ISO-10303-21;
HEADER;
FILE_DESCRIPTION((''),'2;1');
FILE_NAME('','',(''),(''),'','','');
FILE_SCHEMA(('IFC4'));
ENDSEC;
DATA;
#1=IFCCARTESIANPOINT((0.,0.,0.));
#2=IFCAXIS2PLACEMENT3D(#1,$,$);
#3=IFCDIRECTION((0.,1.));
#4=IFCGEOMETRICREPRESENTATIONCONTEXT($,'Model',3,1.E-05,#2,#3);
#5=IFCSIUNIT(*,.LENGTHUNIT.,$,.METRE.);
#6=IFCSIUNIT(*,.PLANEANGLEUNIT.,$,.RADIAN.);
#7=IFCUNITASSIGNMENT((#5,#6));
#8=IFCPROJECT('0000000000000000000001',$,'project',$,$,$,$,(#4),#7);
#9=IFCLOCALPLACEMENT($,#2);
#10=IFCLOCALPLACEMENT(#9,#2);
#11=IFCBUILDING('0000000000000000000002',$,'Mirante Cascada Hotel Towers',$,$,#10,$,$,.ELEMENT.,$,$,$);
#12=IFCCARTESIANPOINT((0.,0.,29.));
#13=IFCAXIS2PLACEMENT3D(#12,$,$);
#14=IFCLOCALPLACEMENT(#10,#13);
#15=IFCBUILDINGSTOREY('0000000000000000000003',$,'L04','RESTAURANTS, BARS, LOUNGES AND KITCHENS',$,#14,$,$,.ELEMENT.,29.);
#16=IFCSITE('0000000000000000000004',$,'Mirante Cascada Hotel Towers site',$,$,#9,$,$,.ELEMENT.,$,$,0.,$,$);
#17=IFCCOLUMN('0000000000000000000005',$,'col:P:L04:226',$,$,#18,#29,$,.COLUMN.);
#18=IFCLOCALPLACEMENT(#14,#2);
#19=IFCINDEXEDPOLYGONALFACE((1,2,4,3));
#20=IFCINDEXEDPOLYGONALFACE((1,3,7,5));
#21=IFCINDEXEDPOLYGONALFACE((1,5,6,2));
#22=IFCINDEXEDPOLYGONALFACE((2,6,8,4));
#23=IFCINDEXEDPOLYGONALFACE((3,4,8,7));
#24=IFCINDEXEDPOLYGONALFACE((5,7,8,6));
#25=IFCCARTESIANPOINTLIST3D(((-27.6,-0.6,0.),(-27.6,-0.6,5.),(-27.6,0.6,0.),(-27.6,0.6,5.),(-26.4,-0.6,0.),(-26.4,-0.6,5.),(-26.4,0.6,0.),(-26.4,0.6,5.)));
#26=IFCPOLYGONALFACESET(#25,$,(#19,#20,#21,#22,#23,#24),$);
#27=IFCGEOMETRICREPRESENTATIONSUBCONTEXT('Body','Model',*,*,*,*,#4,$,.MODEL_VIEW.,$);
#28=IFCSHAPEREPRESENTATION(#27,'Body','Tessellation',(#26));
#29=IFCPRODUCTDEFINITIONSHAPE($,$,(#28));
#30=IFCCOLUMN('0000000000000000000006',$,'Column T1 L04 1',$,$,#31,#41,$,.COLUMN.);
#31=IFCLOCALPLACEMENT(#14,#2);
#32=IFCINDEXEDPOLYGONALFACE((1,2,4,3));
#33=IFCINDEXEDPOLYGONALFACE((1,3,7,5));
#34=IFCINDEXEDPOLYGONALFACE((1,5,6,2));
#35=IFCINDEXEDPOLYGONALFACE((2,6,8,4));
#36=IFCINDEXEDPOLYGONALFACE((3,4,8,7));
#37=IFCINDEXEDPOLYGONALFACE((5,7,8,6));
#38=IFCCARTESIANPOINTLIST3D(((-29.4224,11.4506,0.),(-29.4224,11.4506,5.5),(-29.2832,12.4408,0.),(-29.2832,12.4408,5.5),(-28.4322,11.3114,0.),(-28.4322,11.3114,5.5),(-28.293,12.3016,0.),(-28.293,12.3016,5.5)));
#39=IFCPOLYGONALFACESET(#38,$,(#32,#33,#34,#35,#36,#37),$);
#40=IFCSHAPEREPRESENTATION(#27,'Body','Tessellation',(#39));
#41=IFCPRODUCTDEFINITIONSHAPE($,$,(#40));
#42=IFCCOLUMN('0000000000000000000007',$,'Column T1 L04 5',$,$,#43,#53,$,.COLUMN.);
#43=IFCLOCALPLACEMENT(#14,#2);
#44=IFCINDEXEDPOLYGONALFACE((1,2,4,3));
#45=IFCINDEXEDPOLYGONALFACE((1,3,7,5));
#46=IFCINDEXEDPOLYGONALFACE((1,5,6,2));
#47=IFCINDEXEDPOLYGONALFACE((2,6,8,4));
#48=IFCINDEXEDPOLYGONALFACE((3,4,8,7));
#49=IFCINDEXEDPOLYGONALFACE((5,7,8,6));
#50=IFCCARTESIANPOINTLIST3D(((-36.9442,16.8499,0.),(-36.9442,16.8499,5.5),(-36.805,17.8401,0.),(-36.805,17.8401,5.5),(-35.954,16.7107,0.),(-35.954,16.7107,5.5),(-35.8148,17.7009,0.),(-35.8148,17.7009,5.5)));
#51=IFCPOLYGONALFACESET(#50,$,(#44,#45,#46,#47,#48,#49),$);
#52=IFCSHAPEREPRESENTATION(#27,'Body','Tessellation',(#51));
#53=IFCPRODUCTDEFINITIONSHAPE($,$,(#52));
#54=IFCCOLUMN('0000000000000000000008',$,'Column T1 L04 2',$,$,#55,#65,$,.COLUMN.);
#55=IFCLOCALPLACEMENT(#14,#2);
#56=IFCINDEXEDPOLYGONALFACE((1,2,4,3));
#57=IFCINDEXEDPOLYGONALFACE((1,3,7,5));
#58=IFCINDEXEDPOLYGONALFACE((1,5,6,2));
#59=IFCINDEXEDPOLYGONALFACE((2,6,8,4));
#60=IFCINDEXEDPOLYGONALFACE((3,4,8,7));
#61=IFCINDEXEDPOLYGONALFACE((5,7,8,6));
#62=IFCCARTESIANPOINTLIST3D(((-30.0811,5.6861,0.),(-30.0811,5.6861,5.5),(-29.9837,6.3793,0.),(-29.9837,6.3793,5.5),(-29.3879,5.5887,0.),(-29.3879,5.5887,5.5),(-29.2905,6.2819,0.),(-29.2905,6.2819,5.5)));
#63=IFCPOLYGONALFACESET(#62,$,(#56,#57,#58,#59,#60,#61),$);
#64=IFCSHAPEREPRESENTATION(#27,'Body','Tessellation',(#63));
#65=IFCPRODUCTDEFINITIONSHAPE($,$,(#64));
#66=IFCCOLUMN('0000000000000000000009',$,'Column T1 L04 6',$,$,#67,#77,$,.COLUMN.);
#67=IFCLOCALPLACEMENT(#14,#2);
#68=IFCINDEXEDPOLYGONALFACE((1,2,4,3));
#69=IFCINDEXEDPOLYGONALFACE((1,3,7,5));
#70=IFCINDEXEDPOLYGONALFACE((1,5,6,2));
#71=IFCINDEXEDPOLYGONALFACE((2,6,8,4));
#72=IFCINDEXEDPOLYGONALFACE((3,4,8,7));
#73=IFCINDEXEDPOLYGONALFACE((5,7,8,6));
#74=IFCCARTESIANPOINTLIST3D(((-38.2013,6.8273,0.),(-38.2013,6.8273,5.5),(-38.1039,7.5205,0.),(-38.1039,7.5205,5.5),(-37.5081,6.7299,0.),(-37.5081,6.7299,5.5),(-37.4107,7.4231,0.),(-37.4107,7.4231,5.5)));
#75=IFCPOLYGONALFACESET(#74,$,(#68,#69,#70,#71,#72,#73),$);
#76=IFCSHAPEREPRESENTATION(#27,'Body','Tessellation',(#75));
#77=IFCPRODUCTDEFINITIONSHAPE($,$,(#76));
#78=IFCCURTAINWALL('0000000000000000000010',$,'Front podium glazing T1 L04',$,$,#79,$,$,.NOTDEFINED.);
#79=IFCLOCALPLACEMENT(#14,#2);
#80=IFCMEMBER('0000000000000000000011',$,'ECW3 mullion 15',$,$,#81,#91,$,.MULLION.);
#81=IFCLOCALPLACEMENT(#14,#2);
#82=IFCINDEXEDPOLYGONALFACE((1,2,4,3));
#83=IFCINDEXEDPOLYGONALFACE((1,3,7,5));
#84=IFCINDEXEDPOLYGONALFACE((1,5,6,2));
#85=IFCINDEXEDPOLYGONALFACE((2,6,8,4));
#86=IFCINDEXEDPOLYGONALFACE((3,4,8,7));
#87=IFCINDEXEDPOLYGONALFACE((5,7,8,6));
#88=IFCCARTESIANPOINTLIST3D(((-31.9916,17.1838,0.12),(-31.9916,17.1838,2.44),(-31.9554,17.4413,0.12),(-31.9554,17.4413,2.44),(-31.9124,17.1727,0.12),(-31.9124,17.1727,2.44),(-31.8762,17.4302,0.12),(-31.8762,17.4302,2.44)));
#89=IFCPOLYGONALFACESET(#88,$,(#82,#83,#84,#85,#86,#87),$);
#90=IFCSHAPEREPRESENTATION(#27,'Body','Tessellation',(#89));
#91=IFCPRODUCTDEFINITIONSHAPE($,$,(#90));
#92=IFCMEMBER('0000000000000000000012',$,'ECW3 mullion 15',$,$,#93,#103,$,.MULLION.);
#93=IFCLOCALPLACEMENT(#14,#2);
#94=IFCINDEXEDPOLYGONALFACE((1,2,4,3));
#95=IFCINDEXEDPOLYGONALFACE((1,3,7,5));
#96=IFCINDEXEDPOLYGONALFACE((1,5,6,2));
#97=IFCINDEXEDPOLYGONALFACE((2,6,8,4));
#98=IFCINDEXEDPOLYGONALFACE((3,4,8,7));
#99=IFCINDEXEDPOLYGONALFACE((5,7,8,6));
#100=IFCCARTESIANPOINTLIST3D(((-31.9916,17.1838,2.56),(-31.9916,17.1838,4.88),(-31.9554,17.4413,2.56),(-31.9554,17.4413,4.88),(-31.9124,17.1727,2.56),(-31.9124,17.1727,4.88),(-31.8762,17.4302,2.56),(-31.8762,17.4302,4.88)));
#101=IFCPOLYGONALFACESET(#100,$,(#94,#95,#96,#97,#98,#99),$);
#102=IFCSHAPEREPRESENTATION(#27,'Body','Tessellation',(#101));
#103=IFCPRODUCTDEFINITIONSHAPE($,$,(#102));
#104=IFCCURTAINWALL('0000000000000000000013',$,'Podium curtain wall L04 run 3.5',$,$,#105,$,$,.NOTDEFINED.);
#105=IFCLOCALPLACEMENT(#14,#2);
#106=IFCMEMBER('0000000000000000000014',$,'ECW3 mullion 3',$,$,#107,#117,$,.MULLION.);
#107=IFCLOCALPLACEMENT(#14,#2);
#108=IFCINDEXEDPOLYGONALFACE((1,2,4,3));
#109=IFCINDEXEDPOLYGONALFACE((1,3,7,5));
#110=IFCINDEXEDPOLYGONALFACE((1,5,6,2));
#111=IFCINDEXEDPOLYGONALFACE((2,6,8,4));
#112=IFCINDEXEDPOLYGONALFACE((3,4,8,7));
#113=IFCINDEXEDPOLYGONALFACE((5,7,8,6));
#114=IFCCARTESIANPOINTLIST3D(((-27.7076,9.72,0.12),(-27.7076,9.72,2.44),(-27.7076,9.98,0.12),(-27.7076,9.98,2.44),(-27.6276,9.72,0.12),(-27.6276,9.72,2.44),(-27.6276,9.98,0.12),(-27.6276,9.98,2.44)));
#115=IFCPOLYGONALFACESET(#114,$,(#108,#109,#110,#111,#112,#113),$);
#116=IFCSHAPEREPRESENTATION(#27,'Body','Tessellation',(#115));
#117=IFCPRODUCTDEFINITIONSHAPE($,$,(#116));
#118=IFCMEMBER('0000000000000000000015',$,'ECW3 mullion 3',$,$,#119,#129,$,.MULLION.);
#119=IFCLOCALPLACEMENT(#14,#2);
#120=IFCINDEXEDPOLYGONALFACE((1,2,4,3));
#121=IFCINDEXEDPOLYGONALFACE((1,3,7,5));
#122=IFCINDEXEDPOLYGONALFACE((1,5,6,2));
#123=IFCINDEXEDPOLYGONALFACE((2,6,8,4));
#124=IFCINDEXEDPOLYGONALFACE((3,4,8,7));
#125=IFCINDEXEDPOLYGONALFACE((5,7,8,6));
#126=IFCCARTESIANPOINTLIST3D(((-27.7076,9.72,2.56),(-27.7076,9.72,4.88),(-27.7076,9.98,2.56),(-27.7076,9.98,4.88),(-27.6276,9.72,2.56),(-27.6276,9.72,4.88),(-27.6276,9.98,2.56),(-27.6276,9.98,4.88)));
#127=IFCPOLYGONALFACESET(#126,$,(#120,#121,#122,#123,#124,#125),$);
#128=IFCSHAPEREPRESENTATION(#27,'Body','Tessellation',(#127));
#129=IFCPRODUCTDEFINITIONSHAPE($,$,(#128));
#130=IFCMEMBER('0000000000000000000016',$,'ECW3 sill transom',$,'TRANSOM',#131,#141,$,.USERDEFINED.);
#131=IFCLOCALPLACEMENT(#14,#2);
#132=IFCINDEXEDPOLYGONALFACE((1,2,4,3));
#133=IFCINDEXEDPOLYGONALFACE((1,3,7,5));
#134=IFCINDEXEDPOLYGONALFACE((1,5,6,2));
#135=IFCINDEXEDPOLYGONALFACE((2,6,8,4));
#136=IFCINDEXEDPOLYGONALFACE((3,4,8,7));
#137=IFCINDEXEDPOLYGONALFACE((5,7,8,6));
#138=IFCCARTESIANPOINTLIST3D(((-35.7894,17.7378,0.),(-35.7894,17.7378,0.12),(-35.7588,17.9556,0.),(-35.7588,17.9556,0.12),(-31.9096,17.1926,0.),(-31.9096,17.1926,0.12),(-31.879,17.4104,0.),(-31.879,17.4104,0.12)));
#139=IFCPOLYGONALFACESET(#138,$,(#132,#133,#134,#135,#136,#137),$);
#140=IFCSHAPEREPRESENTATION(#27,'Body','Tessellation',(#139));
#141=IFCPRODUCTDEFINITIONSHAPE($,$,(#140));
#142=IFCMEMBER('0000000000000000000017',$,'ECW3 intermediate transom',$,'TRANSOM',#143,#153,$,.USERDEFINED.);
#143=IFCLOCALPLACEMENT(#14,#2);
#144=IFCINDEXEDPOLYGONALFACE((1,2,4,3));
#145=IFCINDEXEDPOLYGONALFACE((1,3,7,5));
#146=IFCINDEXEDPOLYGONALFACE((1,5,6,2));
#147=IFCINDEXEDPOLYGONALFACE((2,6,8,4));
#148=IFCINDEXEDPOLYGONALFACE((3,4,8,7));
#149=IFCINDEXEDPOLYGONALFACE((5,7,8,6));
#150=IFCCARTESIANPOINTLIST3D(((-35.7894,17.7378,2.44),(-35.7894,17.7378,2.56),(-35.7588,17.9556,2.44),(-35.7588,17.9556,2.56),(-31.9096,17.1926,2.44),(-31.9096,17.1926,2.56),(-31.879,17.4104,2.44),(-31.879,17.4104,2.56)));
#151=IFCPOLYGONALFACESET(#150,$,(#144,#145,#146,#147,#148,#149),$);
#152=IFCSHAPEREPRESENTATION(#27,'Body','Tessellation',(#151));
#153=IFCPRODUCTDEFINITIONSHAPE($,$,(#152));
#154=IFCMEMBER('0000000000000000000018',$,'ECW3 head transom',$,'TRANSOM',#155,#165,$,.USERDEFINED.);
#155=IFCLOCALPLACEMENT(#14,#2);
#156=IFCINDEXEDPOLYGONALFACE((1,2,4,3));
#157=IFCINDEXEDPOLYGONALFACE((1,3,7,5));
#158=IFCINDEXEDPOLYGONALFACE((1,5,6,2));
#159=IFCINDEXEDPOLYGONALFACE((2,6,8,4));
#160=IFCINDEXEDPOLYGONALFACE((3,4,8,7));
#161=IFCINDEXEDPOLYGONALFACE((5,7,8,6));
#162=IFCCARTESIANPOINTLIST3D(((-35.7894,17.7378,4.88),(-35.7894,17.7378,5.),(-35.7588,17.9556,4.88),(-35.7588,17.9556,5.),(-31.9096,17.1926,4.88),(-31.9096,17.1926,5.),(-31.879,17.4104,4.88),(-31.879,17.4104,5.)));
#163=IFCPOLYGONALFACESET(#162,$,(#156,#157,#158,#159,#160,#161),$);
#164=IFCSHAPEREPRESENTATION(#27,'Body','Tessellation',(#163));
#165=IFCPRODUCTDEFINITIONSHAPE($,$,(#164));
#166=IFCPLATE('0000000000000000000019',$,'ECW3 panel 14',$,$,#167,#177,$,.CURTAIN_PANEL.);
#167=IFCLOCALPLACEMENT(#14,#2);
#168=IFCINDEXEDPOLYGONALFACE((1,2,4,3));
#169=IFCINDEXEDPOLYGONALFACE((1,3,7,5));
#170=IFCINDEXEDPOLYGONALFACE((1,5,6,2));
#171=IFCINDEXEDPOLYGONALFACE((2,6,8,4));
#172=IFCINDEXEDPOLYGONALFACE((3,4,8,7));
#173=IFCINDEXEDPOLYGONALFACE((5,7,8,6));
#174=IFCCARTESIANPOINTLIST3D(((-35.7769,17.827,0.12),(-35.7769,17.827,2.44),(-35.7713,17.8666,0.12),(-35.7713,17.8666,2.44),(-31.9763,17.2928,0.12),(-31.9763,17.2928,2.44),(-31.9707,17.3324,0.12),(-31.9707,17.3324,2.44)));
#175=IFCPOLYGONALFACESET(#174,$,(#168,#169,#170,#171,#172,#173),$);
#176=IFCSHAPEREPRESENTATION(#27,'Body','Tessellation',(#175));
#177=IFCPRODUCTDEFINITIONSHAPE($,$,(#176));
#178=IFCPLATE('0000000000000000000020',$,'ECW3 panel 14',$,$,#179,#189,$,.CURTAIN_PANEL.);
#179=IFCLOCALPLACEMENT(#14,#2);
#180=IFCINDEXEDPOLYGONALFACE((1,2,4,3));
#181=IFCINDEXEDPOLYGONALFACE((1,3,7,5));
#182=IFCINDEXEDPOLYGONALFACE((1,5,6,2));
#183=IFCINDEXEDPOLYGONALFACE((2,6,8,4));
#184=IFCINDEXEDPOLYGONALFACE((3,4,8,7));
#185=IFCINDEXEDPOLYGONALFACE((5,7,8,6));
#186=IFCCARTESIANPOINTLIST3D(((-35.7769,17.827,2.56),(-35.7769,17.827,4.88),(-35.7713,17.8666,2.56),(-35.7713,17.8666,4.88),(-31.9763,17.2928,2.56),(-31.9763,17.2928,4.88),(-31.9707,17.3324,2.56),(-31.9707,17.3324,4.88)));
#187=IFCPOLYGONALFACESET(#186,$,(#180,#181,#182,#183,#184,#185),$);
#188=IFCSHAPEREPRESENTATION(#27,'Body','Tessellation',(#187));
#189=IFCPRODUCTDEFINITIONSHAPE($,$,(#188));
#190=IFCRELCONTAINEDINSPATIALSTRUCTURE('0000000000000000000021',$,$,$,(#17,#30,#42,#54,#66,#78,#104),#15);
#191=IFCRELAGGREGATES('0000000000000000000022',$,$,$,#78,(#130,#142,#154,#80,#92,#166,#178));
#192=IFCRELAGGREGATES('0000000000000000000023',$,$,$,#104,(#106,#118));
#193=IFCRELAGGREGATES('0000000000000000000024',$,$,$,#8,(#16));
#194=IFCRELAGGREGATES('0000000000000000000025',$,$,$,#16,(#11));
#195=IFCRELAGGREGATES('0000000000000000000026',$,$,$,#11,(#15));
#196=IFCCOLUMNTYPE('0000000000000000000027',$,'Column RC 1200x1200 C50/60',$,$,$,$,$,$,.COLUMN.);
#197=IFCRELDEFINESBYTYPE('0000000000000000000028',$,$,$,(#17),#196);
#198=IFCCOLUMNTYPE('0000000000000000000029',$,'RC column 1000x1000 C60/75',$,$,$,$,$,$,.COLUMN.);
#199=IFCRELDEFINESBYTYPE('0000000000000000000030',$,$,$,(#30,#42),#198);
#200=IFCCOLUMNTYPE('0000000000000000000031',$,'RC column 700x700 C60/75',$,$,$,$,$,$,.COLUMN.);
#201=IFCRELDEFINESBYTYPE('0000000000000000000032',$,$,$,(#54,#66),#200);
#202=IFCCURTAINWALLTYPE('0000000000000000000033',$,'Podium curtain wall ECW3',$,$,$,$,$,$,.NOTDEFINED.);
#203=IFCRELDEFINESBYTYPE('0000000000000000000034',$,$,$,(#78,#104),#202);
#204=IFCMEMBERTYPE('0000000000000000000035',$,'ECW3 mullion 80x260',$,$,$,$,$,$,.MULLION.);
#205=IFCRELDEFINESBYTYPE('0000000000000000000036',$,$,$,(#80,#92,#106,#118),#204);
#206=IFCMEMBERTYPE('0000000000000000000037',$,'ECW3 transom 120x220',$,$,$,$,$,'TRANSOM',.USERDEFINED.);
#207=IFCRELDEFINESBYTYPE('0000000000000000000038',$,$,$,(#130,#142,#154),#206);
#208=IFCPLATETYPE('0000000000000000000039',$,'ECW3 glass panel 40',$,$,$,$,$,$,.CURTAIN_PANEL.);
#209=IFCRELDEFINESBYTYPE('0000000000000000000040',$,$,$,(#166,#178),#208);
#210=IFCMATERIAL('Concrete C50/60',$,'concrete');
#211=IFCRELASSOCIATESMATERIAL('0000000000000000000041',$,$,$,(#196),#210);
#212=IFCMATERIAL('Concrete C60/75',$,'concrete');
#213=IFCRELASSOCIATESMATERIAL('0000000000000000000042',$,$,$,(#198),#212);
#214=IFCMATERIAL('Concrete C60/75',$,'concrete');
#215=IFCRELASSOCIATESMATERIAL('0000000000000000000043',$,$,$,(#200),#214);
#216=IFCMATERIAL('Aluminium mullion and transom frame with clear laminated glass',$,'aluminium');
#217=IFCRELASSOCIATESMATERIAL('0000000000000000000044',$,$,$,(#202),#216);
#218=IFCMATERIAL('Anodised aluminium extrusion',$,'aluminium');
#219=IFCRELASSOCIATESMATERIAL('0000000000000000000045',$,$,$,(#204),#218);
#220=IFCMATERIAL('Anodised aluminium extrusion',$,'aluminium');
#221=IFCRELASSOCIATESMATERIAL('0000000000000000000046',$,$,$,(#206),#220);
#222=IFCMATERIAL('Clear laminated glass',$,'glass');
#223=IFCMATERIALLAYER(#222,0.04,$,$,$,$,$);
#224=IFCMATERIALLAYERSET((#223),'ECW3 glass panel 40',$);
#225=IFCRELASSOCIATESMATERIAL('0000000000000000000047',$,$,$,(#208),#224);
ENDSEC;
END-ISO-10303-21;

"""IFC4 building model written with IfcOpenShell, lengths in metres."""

from ifc_helpers import new_model, si_unit, direction, frame, origin, origin_2d, place, context, subcontext, project, spatial, rectangle, extrude, material, layer, layer_set, material_profile, profile_set, type_object, element, aggregate, save


model = new_model("IFC4")

# Units and contexts
model_context = context("Model", 3, precision=1e-05, world=origin(), true_north=direction((0.0, 1.0)))
body_context = subcontext(model_context, "Body", "Model", "MODEL_VIEW")
ifc_project = project(units=[si_unit("LENGTHUNIT", "METRE"), si_unit("PLANEANGLEUNIT", "RADIAN")], contexts=[model_context])

# Site, building, storey
site_placement = place(None, origin())
site = spatial("IfcSite", under=ifc_project, at=site_placement, Name="Mirante Cascada Hotel Towers site", CompositionType="ELEMENT", RefElevation=0.0)
building_placement = place(site_placement, origin())
building = spatial("IfcBuilding", under=site, at=building_placement, Name="Mirante Cascada Hotel Towers", CompositionType="ELEMENT")
storey_placement = place(building_placement, frame((0.0, 0.0, 29.0)))
storey = spatial("IfcBuildingStorey", under=building, at=storey_placement, Name="L04", Description="RESTAURANTS, BARS, LOUNGES AND KITCHENS", CompositionType="ELEMENT", Elevation=29.0)

# Columns
ifc_material_1 = material(Name="Concrete C50/60", Category="concrete")
ifc_material_profile_1 = material_profile(ifc_material_1, rectangle(XDim=1.2, YDim=1.2, at=origin_2d()), Name="RC 1200x1200")
ifc_profile_set_1 = profile_set([ifc_material_profile_1], Name="Concrete C50/60")
column_type_1 = type_object("IfcColumnType", Name="Column RC 1200x1200 C50/60", PredefinedType="COLUMN", material=ifc_profile_set_1)
column_placement = place(storey_placement, frame((-27.0, 0.0, 0.0), z_axis=(0.0, 0.0, 1.0), x_axis=(1.0, 0.0, 0.0)))
element("IfcColumn", 1, at=column_placement, inside=storey, type_object=column_type_1, Name="col:P:L04:226", PredefinedType="COLUMN", context=body_context, shape_type="SweptSolid", body=[
    extrude(rectangle(XDim=1.2, YDim=1.2, at=origin_2d()), origin(), (0.0, 0.0, 1.0), 5.0),
])
ifc_material_2 = material(Name="Concrete C60/75", Category="concrete")
ifc_material_profile_2 = material_profile(ifc_material_2, rectangle(XDim=1.0, YDim=1.0, at=origin_2d()), Name="RC column 1000x1000 C60/75")
ifc_profile_set_2 = profile_set([ifc_material_profile_2], Name="Concrete C60/75")
column_type_2 = type_object("IfcColumnType", Name="RC column 1000x1000 C60/75", PredefinedType="COLUMN", material=ifc_profile_set_2)
for number, where, z_axis, x_axis, name in (
    (2, (-28.8577, 11.8761, 0.0), (0.0, 0.0, 1.0), (-0.990268, 0.139173, 0.0), "Column T1 L04 1"),
    (3, (-36.3795, 17.2754, 0.0), (0.0, 0.0, 1.0), (-0.990268, 0.139173, 0.0), "Column T1 L04 5"),
):
    element("IfcColumn", number, at=place(storey_placement, frame(where, z_axis=z_axis, x_axis=x_axis)), inside=storey, type_object=column_type_2, Name=name, PredefinedType="COLUMN", context=body_context, shape_type="SweptSolid", body=[
        extrude(rectangle(XDim=1.0, YDim=1.0, at=origin_2d()), origin(), (0.0, 0.0, 1.0), 5.5),
    ])
ifc_material_3 = material(Name="Concrete C60/75", Category="concrete")
ifc_material_profile_3 = material_profile(ifc_material_3, rectangle(XDim=0.7, YDim=0.7, at=origin_2d()), Name="RC column 700x700 C60/75")
ifc_profile_set_3 = profile_set([ifc_material_profile_3], Name="Concrete C60/75")
column_type_3 = type_object("IfcColumnType", Name="RC column 700x700 C60/75", PredefinedType="COLUMN", material=ifc_profile_set_3)
for number, where, z_axis, x_axis, name in (
    (4, (-29.6858, 5.984, 0.0), (0.0, 0.0, 1.0), (-0.990268, 0.139173, 0.0), "Column T1 L04 2"),
    (5, (-37.806, 7.1252, 0.0), (0.0, 0.0, 1.0), (-0.990268, 0.139173, 0.0), "Column T1 L04 6"),
):
    element("IfcColumn", number, at=place(storey_placement, frame(where, z_axis=z_axis, x_axis=x_axis)), inside=storey, type_object=column_type_3, Name=name, PredefinedType="COLUMN", context=body_context, shape_type="SweptSolid", body=[
        extrude(rectangle(XDim=0.7, YDim=0.7, at=origin_2d()), origin(), (0.0, 0.0, 1.0), 5.5),
    ])

# Curtain walls, members
ifc_material_4 = material(Name="Aluminium mullion and transom frame with clear laminated glass", Category="aluminium")
curtain_wall_type = type_object("IfcCurtainWallType", Name="Podium curtain wall ECW3", PredefinedType="NOTDEFINED", material=ifc_material_4)
curtain_wall_1_placement = place(storey_placement, origin())
curtain_wall_1 = element("IfcCurtainWall", 6, at=curtain_wall_1_placement, inside=storey, type_object=curtain_wall_type, Name="Front podium glazing T1 L04", PredefinedType="NOTDEFINED")
ifc_material_5 = material(Name="Anodised aluminium extrusion", Category="aluminium")
ifc_material_profile_4 = material_profile(ifc_material_5, rectangle(XDim=0.26, YDim=0.08, at=origin_2d()), Name="ECW3 MULLION 80x260")
ifc_profile_set_4 = profile_set([ifc_material_profile_4], Name="Anodised aluminium extrusion")
member_type_1 = type_object("IfcMemberType", Name="ECW3 mullion 80x260", PredefinedType="MULLION", material=ifc_profile_set_4)
member_1_placement = place(storey_placement, frame((-31.9339, 17.307, 0.12), z_axis=(0.0, 0.0, 1.0), x_axis=(0.139173, 0.990268, 0.0)))
member_1 = element("IfcMember", 7, at=member_1_placement, type_object=member_type_1, Name="ECW3 mullion 15", PredefinedType="MULLION", context=body_context, shape_type="SweptSolid", body=[
    extrude(rectangle(XDim=0.26, YDim=0.08, at=origin_2d()), origin(), (0.0, 0.0, 1.0), 2.32),
])
member_2_placement = place(storey_placement, frame((-31.9339, 17.307, 2.56), z_axis=(0.0, 0.0, 1.0), x_axis=(0.139173, 0.990268, 0.0)))
member_2 = element("IfcMember", 8, at=member_2_placement, type_object=member_type_1, Name="ECW3 mullion 15", PredefinedType="MULLION", context=body_context, shape_type="SweptSolid", body=[
    extrude(rectangle(XDim=0.26, YDim=0.08, at=origin_2d()), origin(), (0.0, 0.0, 1.0), 2.32),
])
curtain_wall_2_placement = place(storey_placement, origin())
curtain_wall_2 = element("IfcCurtainWall", 9, at=curtain_wall_2_placement, inside=storey, type_object=curtain_wall_type, Name="Podium curtain wall L04 run 3.5", PredefinedType="NOTDEFINED")
member_3_placement = place(storey_placement, frame((-27.6676, 9.85, 0.12), z_axis=(0.0, 0.0, 1.0), x_axis=(0.0, -1.0, 0.0)))
member_3 = element("IfcMember", 10, at=member_3_placement, type_object=member_type_1, Name="ECW3 mullion 3", PredefinedType="MULLION", context=body_context, shape_type="SweptSolid", body=[
    extrude(rectangle(XDim=0.26, YDim=0.08, at=origin_2d()), origin(), (0.0, 0.0, 1.0), 2.32),
])
member_4_placement = place(storey_placement, frame((-27.6676, 9.85, 2.56), z_axis=(0.0, 0.0, 1.0), x_axis=(0.0, -1.0, 0.0)))
member_4 = element("IfcMember", 11, at=member_4_placement, type_object=member_type_1, Name="ECW3 mullion 3", PredefinedType="MULLION", context=body_context, shape_type="SweptSolid", body=[
    extrude(rectangle(XDim=0.26, YDim=0.08, at=origin_2d()), origin(), (0.0, 0.0, 1.0), 2.32),
])

# Members
ifc_material_6 = material(Name="Anodised aluminium extrusion", Category="aluminium")
ifc_material_profile_5 = material_profile(ifc_material_6, rectangle(XDim=0.22, YDim=0.12, at=origin_2d()), Name="ECW3 TRANSOM 120x220")
ifc_profile_set_5 = profile_set([ifc_material_profile_5], Name="Anodised aluminium extrusion")
member_type_2 = type_object("IfcMemberType", Name="ECW3 transom 120x220", ElementType="TRANSOM", PredefinedType="USERDEFINED", material=ifc_profile_set_5)
member_5_placement = place(storey_placement, frame((-35.7741, 17.8467, 0.06), z_axis=(0.990271, -0.139155, 0.0), x_axis=(0.139155, 0.990271, 0.0)))
member_5 = element("IfcMember", 12, at=member_5_placement, type_object=member_type_2, Name="ECW3 sill transom", ObjectType="TRANSOM", PredefinedType="USERDEFINED", context=body_context, shape_type="SweptSolid", body=[
    extrude(rectangle(XDim=0.22, YDim=0.12, at=origin_2d()), origin(), (0.0, 0.0, 1.0), 3.9179),
])
member_6_placement = place(storey_placement, frame((-35.7741, 17.8467, 2.5), z_axis=(0.990271, -0.139155, 0.0), x_axis=(0.139155, 0.990271, 0.0)))
member_6 = element("IfcMember", 13, at=member_6_placement, type_object=member_type_2, Name="ECW3 intermediate transom", ObjectType="TRANSOM", PredefinedType="USERDEFINED", context=body_context, shape_type="SweptSolid", body=[
    extrude(rectangle(XDim=0.22, YDim=0.12, at=origin_2d()), origin(), (0.0, 0.0, 1.0), 3.9179),
])
member_7_placement = place(storey_placement, frame((-35.7741, 17.8467, 4.94), z_axis=(0.990271, -0.139155, 0.0), x_axis=(0.139155, 0.990271, 0.0)))
member_7 = element("IfcMember", 14, at=member_7_placement, type_object=member_type_2, Name="ECW3 head transom", ObjectType="TRANSOM", PredefinedType="USERDEFINED", context=body_context, shape_type="SweptSolid", body=[
    extrude(rectangle(XDim=0.22, YDim=0.12, at=origin_2d()), origin(), (0.0, 0.0, 1.0), 3.9179),
])

# Plates
ifc_material_7 = material(Name="Clear laminated glass", Category="glass")
ifc_layer_1 = layer(ifc_material_7, 0.04)
ifc_layer_set_1 = layer_set([ifc_layer_1], Name="ECW3 glass panel 40")
plate_type = type_object("IfcPlateType", Name="ECW3 glass panel 40", PredefinedType="CURTAIN_PANEL", material=ifc_layer_set_1)
plate_1_placement = place(storey_placement, frame((-33.8738, 17.5797, 0.12), z_axis=(0.0, 0.0, 1.0), x_axis=(0.990268, -0.139173, 0.0)))
plate_1 = element("IfcPlate", 15, at=plate_1_placement, type_object=plate_type, Name="ECW3 panel 14", PredefinedType="CURTAIN_PANEL", context=body_context, shape_type="SweptSolid", body=[
    extrude(rectangle(XDim=3.8379, YDim=0.04, at=origin_2d()), origin(), (0.0, 0.0, 1.0), 2.32),
])
plate_2_placement = place(storey_placement, frame((-33.8738, 17.5797, 2.56), z_axis=(0.0, 0.0, 1.0), x_axis=(0.990268, -0.139173, 0.0)))
plate_2 = element("IfcPlate", 16, at=plate_2_placement, type_object=plate_type, Name="ECW3 panel 14", PredefinedType="CURTAIN_PANEL", context=body_context, shape_type="SweptSolid", body=[
    extrude(rectangle(XDim=3.8379, YDim=0.04, at=origin_2d()), origin(), (0.0, 0.0, 1.0), 2.32),
])
aggregate(curtain_wall_1, [member_5, member_6, member_7, member_1, member_2, plate_1, plate_2])
aggregate(curtain_wall_2, [member_3, member_4])

save(model, "model.ifc")
